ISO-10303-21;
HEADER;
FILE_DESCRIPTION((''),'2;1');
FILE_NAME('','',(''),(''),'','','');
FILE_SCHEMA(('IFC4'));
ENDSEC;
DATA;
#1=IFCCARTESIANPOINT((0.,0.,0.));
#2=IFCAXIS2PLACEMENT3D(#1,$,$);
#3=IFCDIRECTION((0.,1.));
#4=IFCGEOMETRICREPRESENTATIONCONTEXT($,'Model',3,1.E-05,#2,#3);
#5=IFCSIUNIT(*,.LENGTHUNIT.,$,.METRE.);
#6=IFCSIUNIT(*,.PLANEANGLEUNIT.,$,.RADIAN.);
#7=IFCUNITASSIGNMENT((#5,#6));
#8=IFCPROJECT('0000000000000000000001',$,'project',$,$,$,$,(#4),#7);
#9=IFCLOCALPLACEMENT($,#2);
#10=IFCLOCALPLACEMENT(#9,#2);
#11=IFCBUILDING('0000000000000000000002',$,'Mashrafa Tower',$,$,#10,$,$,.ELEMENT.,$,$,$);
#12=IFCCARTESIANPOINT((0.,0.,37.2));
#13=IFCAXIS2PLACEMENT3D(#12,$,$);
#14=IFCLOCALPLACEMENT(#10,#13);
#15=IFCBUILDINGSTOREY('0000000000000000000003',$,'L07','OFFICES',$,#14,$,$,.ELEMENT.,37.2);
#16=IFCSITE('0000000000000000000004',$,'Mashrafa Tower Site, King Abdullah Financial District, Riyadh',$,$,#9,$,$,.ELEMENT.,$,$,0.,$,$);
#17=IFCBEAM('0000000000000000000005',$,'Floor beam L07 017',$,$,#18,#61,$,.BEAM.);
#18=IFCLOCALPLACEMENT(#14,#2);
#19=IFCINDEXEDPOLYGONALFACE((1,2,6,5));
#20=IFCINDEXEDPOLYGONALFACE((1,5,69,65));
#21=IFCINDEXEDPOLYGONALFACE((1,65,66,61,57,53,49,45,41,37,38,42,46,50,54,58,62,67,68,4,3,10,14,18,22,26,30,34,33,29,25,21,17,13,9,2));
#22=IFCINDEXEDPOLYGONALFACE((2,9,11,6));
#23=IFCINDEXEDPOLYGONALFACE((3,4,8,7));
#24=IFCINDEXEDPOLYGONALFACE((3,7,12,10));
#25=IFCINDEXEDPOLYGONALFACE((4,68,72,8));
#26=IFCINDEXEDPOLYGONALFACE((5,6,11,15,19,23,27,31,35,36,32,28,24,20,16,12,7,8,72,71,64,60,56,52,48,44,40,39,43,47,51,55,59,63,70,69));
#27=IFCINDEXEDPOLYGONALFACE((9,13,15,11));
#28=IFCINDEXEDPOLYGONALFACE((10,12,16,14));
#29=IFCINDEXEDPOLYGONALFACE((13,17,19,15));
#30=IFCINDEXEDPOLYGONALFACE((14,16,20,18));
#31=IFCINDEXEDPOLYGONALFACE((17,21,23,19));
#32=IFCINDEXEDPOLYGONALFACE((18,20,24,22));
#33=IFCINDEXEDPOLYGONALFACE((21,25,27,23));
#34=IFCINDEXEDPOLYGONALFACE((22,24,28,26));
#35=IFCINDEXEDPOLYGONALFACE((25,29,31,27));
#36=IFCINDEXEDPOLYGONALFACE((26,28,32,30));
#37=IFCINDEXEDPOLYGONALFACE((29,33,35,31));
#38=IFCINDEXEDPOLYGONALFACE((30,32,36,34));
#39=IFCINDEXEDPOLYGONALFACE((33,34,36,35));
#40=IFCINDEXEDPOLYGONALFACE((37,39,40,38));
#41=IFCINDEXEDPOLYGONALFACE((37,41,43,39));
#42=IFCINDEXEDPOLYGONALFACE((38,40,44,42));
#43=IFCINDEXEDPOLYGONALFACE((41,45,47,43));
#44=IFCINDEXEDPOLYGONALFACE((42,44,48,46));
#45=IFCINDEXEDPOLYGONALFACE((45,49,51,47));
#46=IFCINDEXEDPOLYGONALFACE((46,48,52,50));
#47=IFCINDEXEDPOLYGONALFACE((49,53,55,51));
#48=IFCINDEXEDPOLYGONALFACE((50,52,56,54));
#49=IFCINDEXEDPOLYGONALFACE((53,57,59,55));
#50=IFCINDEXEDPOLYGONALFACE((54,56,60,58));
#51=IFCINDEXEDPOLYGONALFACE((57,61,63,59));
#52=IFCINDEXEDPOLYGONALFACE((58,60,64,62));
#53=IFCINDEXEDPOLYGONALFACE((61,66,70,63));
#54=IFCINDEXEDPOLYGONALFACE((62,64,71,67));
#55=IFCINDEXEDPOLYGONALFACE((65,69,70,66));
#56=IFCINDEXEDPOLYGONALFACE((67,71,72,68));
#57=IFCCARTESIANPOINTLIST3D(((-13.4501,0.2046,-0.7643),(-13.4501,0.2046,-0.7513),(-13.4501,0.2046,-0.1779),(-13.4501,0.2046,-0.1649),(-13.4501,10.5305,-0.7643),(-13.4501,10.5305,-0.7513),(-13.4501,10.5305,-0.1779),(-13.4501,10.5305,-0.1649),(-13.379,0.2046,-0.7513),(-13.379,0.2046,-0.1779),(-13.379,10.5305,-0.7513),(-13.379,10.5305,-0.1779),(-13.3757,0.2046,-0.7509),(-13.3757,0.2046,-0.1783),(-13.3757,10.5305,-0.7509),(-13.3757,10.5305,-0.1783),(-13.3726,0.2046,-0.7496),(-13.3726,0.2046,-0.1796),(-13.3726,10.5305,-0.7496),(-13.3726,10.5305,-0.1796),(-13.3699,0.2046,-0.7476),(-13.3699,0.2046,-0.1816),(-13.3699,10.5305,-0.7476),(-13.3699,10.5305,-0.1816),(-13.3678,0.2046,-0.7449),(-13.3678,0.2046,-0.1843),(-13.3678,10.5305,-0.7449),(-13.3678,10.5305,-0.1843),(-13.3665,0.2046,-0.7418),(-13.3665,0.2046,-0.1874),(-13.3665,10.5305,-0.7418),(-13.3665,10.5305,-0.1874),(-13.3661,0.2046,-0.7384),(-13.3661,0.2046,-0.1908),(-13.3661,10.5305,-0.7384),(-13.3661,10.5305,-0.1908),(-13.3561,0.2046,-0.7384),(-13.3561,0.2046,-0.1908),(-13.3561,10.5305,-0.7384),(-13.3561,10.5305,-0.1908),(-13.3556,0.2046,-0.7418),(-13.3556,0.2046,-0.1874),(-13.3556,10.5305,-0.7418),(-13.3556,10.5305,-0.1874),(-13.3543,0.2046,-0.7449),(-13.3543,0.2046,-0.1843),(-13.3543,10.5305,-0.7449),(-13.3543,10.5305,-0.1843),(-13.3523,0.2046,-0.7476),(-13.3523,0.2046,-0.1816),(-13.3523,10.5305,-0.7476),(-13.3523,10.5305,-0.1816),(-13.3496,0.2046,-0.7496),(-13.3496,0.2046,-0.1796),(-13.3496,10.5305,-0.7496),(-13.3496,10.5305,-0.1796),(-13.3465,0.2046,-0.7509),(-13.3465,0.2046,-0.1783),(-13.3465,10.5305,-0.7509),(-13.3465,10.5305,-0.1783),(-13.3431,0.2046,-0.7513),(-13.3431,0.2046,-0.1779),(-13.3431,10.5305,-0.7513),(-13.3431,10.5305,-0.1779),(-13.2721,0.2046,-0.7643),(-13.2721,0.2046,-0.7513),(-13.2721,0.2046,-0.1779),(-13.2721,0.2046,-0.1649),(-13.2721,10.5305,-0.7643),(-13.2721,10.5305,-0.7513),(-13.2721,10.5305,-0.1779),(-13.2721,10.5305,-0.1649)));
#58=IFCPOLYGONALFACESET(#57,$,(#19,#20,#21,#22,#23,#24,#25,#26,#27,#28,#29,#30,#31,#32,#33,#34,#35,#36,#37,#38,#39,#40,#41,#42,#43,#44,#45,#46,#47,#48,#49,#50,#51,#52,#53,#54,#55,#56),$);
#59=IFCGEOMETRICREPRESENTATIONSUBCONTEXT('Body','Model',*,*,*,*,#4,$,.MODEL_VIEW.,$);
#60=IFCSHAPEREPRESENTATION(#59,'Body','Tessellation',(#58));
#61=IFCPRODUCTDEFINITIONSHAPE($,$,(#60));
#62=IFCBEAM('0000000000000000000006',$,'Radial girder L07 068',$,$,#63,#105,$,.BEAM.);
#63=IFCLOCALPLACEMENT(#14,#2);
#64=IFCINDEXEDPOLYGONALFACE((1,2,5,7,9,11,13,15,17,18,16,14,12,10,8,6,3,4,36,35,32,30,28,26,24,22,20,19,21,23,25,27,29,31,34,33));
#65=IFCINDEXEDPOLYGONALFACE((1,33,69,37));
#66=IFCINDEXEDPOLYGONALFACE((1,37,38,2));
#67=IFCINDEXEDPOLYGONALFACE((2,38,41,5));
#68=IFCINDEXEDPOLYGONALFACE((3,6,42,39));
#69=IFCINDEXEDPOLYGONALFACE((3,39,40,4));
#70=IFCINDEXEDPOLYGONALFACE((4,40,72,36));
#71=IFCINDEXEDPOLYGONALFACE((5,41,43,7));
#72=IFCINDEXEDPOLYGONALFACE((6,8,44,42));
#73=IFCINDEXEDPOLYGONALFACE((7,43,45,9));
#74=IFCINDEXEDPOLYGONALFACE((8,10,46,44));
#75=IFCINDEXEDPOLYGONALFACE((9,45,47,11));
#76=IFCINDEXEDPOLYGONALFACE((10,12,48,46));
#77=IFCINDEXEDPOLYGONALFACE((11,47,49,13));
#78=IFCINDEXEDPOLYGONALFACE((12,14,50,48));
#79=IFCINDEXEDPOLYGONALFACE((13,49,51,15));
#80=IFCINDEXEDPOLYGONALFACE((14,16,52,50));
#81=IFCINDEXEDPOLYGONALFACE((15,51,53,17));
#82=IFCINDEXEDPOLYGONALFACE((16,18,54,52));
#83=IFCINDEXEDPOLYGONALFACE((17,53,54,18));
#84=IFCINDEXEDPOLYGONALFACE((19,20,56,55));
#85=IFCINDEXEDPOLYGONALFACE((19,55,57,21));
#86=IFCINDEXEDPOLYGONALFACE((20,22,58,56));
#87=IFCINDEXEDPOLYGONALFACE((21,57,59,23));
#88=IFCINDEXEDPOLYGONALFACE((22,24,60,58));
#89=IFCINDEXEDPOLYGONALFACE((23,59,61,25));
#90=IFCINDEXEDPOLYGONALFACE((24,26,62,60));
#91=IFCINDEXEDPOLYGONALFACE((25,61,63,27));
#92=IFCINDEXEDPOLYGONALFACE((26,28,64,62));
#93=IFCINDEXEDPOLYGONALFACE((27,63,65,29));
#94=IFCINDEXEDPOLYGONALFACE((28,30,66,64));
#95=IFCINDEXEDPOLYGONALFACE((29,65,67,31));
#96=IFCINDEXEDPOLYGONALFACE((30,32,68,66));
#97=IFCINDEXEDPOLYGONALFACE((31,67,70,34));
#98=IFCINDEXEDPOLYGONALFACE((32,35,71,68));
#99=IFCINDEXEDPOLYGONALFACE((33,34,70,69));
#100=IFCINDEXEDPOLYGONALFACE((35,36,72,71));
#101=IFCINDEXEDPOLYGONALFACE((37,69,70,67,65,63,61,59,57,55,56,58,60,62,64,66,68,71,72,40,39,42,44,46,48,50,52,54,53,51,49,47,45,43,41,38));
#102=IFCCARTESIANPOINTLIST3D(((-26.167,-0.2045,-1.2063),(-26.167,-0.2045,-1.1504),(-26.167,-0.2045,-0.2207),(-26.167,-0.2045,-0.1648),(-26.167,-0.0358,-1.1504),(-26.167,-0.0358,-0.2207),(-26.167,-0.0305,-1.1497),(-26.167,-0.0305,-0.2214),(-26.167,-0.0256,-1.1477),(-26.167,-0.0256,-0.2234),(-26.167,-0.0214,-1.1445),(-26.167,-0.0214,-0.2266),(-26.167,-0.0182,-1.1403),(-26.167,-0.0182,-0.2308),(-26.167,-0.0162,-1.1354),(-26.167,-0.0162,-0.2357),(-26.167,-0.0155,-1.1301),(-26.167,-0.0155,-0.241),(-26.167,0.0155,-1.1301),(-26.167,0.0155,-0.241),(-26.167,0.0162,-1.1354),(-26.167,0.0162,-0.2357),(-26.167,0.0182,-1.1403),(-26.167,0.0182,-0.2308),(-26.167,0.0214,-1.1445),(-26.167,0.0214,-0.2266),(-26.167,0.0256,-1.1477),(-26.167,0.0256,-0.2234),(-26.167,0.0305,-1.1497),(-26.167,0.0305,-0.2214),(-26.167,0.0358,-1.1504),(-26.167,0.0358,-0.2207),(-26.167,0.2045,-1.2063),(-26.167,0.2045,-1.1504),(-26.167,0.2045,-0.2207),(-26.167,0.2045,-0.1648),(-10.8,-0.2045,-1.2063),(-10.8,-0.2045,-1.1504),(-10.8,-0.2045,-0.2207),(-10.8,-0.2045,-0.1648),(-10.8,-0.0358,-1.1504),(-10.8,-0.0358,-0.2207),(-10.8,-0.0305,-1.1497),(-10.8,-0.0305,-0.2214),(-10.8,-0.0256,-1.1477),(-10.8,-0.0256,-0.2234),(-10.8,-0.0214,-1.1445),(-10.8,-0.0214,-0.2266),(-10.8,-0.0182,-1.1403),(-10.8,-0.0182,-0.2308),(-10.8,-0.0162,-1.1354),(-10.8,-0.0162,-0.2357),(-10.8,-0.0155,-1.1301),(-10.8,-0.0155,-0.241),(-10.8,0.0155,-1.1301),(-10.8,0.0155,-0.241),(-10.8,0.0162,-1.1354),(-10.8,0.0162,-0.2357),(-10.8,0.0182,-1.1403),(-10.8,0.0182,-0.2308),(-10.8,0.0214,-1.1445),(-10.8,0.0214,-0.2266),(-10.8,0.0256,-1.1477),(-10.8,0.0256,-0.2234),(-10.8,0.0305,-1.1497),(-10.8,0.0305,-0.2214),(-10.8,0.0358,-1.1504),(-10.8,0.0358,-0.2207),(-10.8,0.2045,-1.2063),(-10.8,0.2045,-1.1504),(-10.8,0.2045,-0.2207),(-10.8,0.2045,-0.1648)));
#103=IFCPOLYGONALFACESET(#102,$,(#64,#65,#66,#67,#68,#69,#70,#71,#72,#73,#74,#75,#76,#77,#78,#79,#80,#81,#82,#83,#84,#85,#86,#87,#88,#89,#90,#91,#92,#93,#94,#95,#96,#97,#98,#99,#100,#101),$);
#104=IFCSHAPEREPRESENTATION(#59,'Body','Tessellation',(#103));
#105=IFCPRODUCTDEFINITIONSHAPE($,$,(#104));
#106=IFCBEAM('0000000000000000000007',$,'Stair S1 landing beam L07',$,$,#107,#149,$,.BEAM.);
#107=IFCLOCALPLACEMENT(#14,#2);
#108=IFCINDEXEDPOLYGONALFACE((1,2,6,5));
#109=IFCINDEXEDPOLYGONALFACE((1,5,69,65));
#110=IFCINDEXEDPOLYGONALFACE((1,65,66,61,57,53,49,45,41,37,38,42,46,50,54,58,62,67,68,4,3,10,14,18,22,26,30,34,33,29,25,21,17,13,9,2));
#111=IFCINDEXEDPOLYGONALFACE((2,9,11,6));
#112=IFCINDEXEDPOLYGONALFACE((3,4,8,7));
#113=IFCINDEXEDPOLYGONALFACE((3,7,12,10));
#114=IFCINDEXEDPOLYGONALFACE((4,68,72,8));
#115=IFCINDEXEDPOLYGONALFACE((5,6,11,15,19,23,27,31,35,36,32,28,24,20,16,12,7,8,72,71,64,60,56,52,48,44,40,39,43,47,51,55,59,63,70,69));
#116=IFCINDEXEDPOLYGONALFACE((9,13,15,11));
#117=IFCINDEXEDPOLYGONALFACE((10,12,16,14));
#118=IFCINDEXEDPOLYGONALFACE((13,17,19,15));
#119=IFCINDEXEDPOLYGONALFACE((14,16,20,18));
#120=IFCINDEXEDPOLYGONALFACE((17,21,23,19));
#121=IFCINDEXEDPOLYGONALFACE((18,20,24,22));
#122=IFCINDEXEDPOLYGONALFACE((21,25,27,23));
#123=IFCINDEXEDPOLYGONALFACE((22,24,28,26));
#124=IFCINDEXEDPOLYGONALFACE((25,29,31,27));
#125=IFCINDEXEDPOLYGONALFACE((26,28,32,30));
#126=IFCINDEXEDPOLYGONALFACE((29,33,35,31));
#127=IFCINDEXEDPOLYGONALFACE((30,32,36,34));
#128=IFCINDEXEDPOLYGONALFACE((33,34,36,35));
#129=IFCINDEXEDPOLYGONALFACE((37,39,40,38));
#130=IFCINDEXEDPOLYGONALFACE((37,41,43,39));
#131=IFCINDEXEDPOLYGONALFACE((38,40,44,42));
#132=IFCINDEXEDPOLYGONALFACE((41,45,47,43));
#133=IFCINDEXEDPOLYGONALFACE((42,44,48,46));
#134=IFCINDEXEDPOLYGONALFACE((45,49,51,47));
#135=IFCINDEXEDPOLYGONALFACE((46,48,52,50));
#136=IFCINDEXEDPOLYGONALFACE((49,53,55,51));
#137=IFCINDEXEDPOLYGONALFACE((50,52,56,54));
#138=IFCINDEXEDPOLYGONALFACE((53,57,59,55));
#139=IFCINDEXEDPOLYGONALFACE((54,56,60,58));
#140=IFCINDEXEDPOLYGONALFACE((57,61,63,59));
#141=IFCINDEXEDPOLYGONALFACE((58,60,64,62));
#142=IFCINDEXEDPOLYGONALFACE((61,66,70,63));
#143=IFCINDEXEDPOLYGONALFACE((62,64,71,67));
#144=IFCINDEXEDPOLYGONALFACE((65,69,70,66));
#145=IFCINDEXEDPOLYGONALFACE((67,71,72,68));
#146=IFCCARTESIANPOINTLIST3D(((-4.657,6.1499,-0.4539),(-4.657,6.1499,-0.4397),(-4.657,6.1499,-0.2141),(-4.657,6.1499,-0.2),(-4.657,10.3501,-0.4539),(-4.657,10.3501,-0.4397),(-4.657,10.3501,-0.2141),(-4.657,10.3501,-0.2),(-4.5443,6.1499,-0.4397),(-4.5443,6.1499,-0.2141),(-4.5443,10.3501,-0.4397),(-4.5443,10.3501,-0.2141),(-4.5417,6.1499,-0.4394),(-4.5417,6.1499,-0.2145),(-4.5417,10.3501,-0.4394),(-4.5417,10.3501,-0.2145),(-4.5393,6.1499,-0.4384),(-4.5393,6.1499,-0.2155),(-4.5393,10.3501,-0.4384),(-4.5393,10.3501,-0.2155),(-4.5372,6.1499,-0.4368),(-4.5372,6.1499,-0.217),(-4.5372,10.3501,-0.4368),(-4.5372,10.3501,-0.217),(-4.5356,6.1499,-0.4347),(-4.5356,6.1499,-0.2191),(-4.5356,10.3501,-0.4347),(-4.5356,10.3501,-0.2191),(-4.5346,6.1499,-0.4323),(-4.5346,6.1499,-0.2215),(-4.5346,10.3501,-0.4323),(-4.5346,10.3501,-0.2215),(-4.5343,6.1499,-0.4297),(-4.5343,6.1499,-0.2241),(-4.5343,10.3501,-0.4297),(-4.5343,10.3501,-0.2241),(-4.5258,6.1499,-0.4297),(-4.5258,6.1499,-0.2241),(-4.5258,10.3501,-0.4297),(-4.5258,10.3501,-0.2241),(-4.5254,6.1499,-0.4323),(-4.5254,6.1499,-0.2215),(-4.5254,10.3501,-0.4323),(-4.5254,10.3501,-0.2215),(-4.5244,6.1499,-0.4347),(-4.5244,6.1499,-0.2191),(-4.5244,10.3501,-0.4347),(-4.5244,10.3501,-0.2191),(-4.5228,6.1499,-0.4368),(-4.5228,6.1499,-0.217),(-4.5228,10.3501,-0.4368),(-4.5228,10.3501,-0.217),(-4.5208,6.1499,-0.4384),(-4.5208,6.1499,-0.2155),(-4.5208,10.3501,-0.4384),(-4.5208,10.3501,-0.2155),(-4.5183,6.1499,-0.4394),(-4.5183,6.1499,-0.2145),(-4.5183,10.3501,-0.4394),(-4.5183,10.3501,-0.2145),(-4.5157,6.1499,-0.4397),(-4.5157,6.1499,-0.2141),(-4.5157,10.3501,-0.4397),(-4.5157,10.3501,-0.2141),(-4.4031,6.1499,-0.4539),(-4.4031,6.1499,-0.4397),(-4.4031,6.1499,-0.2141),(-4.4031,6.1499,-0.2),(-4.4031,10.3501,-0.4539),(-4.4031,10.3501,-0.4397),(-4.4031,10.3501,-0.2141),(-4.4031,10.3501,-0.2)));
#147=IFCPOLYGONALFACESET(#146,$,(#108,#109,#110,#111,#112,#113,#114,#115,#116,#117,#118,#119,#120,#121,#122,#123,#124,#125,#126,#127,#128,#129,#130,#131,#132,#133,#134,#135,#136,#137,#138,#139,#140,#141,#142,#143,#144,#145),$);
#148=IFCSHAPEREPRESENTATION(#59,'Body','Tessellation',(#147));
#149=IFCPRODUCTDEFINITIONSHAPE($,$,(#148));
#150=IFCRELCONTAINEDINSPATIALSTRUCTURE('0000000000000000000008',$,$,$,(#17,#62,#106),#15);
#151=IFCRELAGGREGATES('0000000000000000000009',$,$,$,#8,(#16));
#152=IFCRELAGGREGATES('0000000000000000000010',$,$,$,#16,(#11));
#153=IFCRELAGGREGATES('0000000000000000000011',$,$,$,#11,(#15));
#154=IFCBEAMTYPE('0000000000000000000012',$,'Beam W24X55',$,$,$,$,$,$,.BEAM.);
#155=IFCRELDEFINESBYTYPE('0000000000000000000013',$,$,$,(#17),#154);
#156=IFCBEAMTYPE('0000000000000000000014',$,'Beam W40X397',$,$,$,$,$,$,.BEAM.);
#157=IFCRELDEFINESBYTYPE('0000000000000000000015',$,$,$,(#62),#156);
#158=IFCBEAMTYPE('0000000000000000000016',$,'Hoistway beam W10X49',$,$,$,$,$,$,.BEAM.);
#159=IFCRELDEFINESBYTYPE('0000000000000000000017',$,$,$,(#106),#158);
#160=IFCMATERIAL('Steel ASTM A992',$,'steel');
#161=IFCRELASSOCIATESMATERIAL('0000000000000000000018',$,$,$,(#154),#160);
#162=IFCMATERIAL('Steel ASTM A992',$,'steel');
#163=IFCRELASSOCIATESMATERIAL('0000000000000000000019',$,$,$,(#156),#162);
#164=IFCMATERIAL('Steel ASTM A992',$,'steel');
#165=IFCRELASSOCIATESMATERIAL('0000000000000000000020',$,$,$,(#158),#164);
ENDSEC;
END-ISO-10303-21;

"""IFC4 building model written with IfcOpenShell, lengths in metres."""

from ifc_helpers import new_model, si_unit, direction, frame, origin, origin_2d, place, context, subcontext, project, spatial, i_section, extrude, material, material_profile, profile_set, type_object, element, save


model = new_model("IFC4")

# Units and contexts
model_context = context("Model", 3, precision=1e-05, world=origin(), true_north=direction((0.0, 1.0)))
body_context = subcontext(model_context, "Body", "Model", "MODEL_VIEW")
ifc_project = project(units=[si_unit("LENGTHUNIT", "METRE"), si_unit("PLANEANGLEUNIT", "RADIAN")], contexts=[model_context])

# Site, building, storey
site_placement = place(None, origin())
site = spatial("IfcSite", under=ifc_project, at=site_placement, Name="Mashrafa Tower Site, King Abdullah Financial District, Riyadh", CompositionType="ELEMENT", RefElevation=0.0)
building_placement = place(site_placement, origin())
building = spatial("IfcBuilding", under=site, at=building_placement, Name="Mashrafa Tower", CompositionType="ELEMENT")
storey_placement = place(building_placement, frame((0.0, 0.0, 37.2)))
storey = spatial("IfcBuildingStorey", under=building, at=storey_placement, Name="L07", Description="OFFICES", CompositionType="ELEMENT", Elevation=37.2)

# Beams
ifc_material_1 = material(Name="Steel ASTM A992", Category="steel")
ifc_material_profile_1 = material_profile(ifc_material_1, i_section(OverallWidth=0.178, OverallDepth=0.5994, WebThickness=0.01, FlangeThickness=0.0129, FilletRadius=0.0129, at=origin_2d()), Name="W24X55")
ifc_profile_set_1 = profile_set([ifc_material_profile_1], Name="Steel ASTM A992")
beam_type_1 = type_object("IfcBeamType", Name="Beam W24X55", PredefinedType="BEAM", material=ifc_profile_set_1)
beam_1_placement = place(storey_placement, frame((-13.3611, 0.2046, -0.4646), z_axis=(0.0, 1.0, 0.0), x_axis=(-1.0, 0.0, 0.0)))
element("IfcBeam", 1, at=beam_1_placement, inside=storey, type_object=beam_type_1, Name="Floor beam L07 017", PredefinedType="BEAM", context=body_context, shape_type="SweptSolid", body=[
    extrude(i_section(OverallWidth=0.178, OverallDepth=0.5994, WebThickness=0.01, FlangeThickness=0.0129, FilletRadius=0.0129, at=origin_2d()), origin(), (0.0, 0.0, 1.0), 10.3259),
])
ifc_material_2 = material(Name="Steel ASTM A992", Category="steel")
ifc_material_profile_2 = material_profile(ifc_material_2, i_section(OverallWidth=0.4089, OverallDepth=1.0415, WebThickness=0.031, FlangeThickness=0.0559, FilletRadius=0.0203, at=origin_2d()), Name="W40X397")
ifc_profile_set_2 = profile_set([ifc_material_profile_2], Name="Steel ASTM A992")
beam_type_2 = type_object("IfcBeamType", Name="Beam W40X397", PredefinedType="BEAM", material=ifc_profile_set_2)
beam_2_placement = place(storey_placement, frame((-10.8, 0.0, -0.6855), z_axis=(-1.0, 0.0, 0.0), x_axis=(0.0, -1.0, 0.0)))
element("IfcBeam", 2, at=beam_2_placement, inside=storey, type_object=beam_type_2, Name="Radial girder L07 068", PredefinedType="BEAM", context=body_context, shape_type="SweptSolid", body=[
    extrude(i_section(OverallWidth=0.4089, OverallDepth=1.0415, WebThickness=0.031, FlangeThickness=0.0559, FilletRadius=0.0203, at=origin_2d()), origin(), (0.0, 0.0, 1.0), 15.3669),
])
ifc_material_3 = material(Name="Steel ASTM A992", Category="steel")
ifc_material_profile_3 = material_profile(ifc_material_3, i_section(OverallWidth=0.2539, OverallDepth=0.2539, WebThickness=0.0085, FlangeThickness=0.0142, FilletRadius=0.01, at=origin_2d()), Name="W10X49")
ifc_profile_set_3 = profile_set([ifc_material_profile_3], Name="Steel ASTM A992")
beam_type_3 = type_object("IfcBeamType", Name="Hoistway beam W10X49", PredefinedType="BEAM", material=ifc_profile_set_3)
beam_3_placement = place(storey_placement, frame((-4.53, 6.1499, -0.3269), z_axis=(0.0, 1.0, 0.0), x_axis=(-1.0, 0.0, 0.0)))
element("IfcBeam", 3, at=beam_3_placement, inside=storey, type_object=beam_type_3, Name="Stair S1 landing beam L07", PredefinedType="BEAM", context=body_context, shape_type="SweptSolid", body=[
    extrude(i_section(OverallWidth=0.2539, OverallDepth=0.2539, WebThickness=0.0085, FlangeThickness=0.0142, FilletRadius=0.01, at=origin_2d()), origin(), (0.0, 0.0, 1.0), 4.2002),
])

save(model, "model.ifc")
